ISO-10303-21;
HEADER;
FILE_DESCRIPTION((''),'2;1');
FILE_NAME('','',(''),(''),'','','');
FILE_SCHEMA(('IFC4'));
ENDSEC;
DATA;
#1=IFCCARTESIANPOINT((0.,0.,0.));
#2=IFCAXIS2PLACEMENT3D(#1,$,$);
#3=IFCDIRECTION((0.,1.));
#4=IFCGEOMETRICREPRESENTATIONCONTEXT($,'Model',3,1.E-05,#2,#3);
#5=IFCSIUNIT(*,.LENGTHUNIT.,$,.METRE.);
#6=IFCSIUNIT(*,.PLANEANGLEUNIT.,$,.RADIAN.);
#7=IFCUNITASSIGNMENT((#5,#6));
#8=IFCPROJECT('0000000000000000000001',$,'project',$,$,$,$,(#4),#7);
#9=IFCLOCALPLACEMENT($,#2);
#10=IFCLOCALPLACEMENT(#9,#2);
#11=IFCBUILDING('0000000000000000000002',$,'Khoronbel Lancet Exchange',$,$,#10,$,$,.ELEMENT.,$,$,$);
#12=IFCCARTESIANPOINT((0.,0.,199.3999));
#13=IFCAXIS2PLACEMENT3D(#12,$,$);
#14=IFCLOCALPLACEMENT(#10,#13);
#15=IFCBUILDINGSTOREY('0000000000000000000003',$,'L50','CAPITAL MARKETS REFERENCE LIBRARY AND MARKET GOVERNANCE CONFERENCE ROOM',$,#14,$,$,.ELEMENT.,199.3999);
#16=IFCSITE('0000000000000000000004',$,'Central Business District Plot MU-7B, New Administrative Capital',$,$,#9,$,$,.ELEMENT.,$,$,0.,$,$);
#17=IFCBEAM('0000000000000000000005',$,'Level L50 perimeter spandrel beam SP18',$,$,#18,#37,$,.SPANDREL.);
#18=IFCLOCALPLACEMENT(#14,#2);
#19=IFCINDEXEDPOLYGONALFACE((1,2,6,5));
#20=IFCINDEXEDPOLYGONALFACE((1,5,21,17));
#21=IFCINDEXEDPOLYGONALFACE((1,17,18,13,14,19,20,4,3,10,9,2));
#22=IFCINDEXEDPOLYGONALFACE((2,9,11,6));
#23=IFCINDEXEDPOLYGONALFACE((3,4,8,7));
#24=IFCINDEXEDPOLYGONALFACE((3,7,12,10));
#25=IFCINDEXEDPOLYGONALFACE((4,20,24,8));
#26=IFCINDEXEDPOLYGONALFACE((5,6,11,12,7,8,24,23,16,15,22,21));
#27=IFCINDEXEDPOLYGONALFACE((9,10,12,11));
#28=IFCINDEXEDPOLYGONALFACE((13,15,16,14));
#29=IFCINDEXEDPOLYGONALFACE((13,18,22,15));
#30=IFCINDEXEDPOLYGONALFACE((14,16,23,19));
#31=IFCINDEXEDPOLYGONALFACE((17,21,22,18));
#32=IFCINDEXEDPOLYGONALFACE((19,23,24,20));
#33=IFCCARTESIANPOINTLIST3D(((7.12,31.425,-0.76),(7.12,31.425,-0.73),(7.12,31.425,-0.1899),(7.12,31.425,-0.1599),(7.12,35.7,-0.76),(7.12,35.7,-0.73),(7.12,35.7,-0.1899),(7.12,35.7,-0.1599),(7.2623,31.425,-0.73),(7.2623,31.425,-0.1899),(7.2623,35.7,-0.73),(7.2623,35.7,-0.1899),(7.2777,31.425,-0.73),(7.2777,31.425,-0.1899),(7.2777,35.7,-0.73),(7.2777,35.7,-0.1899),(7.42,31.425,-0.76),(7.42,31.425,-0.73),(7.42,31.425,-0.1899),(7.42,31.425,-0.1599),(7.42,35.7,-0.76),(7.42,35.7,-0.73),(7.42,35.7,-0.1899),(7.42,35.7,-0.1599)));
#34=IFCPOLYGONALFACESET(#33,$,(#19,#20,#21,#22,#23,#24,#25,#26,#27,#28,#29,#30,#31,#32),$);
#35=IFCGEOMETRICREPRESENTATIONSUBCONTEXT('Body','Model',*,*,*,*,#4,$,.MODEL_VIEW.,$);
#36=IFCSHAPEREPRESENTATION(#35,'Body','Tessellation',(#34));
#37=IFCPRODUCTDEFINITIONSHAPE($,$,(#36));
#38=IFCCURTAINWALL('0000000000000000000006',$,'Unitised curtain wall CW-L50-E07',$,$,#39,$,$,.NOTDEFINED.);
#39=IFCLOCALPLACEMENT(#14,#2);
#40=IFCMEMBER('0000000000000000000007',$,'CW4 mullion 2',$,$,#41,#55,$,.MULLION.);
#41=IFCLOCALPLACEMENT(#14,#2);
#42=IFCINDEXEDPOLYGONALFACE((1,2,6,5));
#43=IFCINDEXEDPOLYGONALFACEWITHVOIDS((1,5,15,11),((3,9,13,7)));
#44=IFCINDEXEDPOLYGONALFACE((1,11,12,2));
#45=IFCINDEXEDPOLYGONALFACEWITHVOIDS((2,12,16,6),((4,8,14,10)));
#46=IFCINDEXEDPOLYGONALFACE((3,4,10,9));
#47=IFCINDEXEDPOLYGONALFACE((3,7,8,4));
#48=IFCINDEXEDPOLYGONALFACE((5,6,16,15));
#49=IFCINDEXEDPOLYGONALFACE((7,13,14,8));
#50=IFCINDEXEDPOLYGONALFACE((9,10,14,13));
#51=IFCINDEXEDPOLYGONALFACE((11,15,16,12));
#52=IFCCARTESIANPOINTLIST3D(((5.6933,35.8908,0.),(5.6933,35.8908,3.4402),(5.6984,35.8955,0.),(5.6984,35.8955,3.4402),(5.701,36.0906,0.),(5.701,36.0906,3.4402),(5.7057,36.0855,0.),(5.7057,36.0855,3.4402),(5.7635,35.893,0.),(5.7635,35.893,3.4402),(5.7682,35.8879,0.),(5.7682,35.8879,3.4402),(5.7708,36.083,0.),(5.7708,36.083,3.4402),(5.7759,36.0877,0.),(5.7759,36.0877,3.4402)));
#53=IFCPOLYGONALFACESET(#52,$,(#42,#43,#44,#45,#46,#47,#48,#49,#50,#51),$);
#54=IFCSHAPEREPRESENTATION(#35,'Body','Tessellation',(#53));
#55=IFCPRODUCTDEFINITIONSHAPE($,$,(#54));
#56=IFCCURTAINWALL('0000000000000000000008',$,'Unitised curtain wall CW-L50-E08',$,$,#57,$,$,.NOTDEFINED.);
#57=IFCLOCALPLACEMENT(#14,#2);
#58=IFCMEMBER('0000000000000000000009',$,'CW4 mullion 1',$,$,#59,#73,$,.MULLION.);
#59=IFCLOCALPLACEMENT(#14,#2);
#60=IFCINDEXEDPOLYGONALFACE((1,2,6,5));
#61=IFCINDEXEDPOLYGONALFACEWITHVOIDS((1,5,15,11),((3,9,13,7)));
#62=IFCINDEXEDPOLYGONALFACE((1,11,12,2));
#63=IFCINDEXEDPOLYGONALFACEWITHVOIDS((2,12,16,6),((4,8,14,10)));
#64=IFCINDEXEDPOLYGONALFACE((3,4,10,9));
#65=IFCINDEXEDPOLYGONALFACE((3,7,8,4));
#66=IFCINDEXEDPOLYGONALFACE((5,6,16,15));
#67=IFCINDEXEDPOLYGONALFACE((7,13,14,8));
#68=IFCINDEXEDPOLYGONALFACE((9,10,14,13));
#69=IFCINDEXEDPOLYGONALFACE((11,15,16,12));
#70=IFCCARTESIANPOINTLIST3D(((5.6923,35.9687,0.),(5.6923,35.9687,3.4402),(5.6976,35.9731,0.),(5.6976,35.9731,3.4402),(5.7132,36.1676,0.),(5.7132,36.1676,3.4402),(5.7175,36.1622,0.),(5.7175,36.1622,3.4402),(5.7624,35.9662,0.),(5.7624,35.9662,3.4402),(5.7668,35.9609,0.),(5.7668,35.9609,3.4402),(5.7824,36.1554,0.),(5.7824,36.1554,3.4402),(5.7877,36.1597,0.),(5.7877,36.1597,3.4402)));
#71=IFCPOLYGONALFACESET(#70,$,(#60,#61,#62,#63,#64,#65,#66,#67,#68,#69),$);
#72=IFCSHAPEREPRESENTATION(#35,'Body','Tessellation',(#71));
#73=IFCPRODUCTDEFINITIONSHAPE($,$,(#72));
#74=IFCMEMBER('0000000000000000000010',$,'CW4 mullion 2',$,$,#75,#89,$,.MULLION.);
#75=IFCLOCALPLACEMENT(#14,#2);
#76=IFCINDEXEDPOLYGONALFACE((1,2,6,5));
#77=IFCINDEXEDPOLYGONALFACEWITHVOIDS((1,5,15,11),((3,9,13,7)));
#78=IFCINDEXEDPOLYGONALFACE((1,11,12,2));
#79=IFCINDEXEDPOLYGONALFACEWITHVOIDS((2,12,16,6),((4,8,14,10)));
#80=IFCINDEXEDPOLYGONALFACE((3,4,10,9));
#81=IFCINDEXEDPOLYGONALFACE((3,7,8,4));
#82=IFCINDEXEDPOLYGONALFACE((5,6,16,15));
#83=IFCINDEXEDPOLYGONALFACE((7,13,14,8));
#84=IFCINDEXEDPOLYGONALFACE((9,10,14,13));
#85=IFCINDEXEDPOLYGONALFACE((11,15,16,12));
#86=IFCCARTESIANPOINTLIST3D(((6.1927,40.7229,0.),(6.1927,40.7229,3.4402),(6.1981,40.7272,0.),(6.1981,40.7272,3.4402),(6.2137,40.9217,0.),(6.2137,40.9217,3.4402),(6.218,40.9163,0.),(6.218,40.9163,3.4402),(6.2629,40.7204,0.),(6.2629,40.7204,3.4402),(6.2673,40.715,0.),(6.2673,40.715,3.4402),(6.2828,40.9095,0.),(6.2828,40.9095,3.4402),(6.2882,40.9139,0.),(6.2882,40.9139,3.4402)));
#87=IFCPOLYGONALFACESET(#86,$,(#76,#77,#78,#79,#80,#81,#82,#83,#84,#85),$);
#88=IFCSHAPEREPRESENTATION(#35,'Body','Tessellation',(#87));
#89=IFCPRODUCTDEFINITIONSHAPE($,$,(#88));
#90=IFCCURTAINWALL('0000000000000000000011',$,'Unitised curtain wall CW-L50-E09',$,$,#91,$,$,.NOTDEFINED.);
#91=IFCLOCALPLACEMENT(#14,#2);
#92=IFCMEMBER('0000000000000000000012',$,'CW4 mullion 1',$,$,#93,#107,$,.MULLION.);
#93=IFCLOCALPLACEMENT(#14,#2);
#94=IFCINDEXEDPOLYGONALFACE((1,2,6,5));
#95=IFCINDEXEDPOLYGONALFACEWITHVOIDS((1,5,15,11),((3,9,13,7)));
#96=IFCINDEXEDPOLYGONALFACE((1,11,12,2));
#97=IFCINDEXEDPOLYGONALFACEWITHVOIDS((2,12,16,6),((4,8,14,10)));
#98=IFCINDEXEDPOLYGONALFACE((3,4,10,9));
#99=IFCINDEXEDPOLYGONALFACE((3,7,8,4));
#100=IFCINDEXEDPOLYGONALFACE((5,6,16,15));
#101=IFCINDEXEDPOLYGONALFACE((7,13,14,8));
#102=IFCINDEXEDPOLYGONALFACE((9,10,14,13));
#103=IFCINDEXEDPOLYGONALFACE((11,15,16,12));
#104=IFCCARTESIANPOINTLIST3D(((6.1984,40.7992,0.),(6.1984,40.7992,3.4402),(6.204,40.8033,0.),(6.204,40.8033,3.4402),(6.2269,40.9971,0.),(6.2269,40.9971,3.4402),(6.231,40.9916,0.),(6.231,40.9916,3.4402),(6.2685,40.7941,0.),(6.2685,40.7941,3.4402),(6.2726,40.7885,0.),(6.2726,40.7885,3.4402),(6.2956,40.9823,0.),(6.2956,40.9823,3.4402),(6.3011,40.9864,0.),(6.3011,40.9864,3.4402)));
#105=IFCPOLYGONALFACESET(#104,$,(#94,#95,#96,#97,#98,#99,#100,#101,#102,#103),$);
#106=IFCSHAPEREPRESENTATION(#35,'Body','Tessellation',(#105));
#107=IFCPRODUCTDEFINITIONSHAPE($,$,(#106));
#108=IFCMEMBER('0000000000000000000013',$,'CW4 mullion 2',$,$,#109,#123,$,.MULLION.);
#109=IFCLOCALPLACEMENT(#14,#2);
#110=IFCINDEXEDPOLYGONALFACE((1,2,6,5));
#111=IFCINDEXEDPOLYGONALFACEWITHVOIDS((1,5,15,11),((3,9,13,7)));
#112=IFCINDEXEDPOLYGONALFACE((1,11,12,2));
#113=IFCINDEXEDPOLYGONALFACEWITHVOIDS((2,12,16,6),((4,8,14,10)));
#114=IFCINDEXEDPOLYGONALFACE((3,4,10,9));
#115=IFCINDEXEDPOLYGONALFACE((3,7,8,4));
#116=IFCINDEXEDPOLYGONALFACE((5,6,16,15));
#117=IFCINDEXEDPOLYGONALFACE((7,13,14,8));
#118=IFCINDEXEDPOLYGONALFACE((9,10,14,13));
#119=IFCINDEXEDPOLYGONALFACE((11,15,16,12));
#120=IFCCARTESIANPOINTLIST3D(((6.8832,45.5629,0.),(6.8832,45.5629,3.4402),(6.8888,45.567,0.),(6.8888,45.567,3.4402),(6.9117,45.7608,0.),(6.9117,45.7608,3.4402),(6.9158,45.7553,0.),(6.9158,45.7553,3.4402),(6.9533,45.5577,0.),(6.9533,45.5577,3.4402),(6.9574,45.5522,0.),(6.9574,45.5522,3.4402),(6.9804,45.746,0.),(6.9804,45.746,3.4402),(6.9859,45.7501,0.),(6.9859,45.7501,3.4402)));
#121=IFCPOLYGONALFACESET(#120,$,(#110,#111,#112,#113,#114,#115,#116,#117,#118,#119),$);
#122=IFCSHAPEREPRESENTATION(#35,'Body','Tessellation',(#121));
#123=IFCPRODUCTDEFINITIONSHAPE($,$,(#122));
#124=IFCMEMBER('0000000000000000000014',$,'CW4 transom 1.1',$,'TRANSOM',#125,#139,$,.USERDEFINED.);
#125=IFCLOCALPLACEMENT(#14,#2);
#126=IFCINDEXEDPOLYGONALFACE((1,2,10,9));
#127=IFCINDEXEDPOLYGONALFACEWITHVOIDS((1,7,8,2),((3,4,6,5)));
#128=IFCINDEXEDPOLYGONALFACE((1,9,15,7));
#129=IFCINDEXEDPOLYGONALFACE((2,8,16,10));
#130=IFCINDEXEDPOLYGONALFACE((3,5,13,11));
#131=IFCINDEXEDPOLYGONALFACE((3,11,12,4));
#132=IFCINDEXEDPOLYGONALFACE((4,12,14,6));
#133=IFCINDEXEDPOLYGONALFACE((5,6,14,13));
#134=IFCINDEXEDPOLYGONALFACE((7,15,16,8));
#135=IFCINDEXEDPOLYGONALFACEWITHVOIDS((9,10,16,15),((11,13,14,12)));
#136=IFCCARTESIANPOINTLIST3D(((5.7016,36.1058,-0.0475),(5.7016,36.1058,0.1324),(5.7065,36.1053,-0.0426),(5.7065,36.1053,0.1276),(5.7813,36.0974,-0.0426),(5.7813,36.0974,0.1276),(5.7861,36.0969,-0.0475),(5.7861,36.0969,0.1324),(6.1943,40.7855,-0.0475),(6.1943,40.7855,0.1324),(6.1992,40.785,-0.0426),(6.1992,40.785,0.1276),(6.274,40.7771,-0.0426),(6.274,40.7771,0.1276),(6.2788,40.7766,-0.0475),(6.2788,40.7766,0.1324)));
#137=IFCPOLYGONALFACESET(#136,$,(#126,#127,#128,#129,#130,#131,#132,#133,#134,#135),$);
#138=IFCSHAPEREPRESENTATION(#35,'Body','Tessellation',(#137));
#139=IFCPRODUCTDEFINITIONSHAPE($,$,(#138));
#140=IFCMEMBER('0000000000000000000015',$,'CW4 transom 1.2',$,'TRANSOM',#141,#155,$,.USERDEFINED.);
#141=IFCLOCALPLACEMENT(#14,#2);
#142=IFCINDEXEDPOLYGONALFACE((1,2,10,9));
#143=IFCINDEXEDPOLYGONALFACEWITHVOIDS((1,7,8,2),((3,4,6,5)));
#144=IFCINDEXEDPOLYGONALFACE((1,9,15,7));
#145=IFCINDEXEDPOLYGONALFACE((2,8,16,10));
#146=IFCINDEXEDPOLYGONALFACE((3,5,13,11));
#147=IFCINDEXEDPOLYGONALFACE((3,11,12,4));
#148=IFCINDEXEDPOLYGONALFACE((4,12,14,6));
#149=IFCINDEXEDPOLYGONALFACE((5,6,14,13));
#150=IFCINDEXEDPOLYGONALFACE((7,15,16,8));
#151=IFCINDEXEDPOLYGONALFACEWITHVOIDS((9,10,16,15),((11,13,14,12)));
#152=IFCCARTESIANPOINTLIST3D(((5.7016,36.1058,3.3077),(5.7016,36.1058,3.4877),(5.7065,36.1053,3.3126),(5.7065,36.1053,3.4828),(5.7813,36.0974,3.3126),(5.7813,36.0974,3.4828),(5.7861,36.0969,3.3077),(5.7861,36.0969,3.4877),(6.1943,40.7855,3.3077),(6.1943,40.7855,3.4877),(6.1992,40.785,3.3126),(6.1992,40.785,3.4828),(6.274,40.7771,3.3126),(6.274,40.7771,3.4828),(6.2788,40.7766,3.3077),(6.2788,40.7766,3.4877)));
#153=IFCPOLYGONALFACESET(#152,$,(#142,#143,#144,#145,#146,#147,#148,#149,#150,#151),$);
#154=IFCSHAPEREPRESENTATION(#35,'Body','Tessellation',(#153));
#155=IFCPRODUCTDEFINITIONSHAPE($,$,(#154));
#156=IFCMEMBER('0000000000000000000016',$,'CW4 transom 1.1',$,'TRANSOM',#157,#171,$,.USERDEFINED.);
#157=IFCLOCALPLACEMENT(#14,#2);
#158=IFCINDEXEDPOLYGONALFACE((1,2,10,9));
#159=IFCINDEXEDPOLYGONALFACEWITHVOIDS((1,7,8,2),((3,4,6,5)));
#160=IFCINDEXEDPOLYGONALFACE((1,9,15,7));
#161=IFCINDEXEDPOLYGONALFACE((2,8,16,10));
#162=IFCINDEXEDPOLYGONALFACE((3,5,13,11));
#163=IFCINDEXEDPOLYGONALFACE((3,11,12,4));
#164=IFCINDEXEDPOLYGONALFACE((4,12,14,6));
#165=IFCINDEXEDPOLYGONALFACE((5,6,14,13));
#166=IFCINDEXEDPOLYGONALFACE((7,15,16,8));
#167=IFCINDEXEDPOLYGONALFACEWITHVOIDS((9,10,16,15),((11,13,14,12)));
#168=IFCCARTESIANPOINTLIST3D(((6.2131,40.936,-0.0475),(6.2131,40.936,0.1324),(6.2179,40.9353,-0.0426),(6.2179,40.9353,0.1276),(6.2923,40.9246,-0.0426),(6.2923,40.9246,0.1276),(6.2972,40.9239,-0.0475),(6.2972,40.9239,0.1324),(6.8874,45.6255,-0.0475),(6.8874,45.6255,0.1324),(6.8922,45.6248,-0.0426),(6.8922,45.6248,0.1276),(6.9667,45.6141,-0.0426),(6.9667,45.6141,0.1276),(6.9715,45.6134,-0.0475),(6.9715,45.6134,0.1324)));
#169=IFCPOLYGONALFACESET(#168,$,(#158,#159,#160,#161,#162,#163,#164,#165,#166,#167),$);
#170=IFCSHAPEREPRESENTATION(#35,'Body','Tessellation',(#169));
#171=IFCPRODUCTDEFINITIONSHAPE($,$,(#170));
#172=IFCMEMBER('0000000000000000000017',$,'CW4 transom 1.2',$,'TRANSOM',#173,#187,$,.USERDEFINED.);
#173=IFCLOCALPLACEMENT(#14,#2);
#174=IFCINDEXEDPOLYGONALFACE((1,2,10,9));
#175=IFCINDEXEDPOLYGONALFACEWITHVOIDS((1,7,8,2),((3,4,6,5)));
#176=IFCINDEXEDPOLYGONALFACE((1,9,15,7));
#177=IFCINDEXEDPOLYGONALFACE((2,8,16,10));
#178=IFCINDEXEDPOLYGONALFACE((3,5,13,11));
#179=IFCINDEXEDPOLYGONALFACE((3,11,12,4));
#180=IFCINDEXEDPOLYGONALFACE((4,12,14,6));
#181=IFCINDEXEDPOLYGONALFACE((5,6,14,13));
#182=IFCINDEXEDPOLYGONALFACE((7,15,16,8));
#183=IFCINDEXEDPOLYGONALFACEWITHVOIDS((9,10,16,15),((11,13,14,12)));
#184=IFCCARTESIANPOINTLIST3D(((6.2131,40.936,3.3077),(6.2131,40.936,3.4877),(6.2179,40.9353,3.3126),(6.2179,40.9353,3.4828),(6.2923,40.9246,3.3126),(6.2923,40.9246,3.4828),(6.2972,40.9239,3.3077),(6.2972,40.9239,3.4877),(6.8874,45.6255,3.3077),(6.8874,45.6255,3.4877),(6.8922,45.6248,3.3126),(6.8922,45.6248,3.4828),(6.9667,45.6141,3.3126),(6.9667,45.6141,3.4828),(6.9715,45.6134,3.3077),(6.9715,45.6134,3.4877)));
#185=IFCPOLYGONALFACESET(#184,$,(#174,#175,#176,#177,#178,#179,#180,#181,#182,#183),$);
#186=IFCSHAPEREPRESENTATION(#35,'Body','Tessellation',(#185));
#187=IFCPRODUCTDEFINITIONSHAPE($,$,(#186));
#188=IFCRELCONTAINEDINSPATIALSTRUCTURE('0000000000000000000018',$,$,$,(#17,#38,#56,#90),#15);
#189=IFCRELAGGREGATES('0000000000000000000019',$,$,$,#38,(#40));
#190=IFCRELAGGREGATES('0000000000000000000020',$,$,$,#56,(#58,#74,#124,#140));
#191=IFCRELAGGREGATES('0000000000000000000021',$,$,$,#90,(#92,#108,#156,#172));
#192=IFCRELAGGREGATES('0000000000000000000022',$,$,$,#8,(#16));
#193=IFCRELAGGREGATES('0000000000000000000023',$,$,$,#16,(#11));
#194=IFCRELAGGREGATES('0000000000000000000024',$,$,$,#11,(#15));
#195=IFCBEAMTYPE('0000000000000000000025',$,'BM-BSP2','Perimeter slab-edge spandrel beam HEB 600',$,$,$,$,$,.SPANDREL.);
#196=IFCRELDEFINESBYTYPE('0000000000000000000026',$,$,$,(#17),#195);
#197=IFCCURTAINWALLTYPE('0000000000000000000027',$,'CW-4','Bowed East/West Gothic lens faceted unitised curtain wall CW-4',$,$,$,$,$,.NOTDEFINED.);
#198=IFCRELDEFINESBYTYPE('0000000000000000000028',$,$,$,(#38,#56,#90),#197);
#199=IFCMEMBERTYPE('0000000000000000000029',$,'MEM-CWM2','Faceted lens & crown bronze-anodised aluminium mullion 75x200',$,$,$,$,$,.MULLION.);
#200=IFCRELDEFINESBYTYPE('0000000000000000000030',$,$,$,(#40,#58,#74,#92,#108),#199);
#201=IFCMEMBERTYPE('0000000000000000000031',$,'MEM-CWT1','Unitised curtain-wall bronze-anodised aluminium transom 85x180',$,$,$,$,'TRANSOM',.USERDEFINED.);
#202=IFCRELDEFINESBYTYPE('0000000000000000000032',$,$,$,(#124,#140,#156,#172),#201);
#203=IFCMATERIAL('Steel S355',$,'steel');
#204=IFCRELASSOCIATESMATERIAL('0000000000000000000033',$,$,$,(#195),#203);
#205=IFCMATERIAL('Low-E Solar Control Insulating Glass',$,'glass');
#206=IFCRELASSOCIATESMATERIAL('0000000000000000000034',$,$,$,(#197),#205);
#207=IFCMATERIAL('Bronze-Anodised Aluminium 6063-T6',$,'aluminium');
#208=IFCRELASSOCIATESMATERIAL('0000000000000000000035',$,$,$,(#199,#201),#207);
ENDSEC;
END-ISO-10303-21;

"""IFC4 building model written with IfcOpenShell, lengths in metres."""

from ifc_helpers import new_model, si_unit, direction, frame, origin, origin_2d, place, context, subcontext, project, spatial, hollow_rectangle, i_section, extrude, material, material_profile, profile_set, type_object, element, aggregate, save


model = new_model("IFC4")

# Units and contexts
model_context = context("Model", 3, precision=1e-05, world=origin(), true_north=direction((0.0, 1.0)))
body_context = subcontext(model_context, "Body", "Model", "MODEL_VIEW")
ifc_project = project(units=[si_unit("LENGTHUNIT", "METRE"), si_unit("PLANEANGLEUNIT", "RADIAN")], contexts=[model_context])

# Site, building, storey
site_placement = place(None, origin())
site = spatial("IfcSite", under=ifc_project, at=site_placement, Name="Central Business District Plot MU-7B, New Administrative Capital", CompositionType="ELEMENT", RefElevation=0.0)
building_placement = place(site_placement, origin())
building = spatial("IfcBuilding", under=site, at=building_placement, Name="Khoronbel Lancet Exchange", CompositionType="ELEMENT")
storey_placement = place(building_placement, frame((0.0, 0.0, 199.3999)))
storey = spatial("IfcBuildingStorey", under=building, at=storey_placement, Name="L50", Description="CAPITAL MARKETS REFERENCE LIBRARY AND MARKET GOVERNANCE CONFERENCE ROOM", CompositionType="ELEMENT", Elevation=199.3999)

# Shared definitions
ifc_material_1 = material(Name="Steel S355", Category="steel")

# Beam
ifc_material_profile_1 = material_profile(ifc_material_1, i_section(OverallWidth=0.3, OverallDepth=0.6001, WebThickness=0.0154, FlangeThickness=0.03, at=origin_2d()), Name="HEB 600")
ifc_profile_set_1 = profile_set([ifc_material_profile_1], Name="Steel S355")
beam_type_1 = type_object("IfcBeamType", Name="BM-BSP2", Description="Perimeter slab-edge spandrel beam HEB 600", PredefinedType="SPANDREL", material=ifc_profile_set_1)
beam_1_placement = place(storey_placement, frame((7.27, 35.7, -0.46), z_axis=(0.0, -1.0, 0.0), x_axis=(1.0, 0.0, 0.0)))
element("IfcBeam", 1, at=beam_1_placement, inside=storey, type_object=beam_type_1, Name="Level L50 perimeter spandrel beam SP18", PredefinedType="SPANDREL", context=body_context, shape_type="SweptSolid", body=[
    extrude(i_section(OverallWidth=0.3, OverallDepth=0.6001, WebThickness=0.0154, FlangeThickness=0.03, at=origin_2d()), origin(), (0.0, 0.0, 1.0), 4.2749),
])

# Curtain wall, member
ifc_material_2 = material(Name="Low-E Solar Control Insulating Glass", Category="glass")
curtain_wall_type = type_object("IfcCurtainWallType", Name="CW-4", Description="Bowed East/West Gothic lens faceted unitised curtain wall CW-4", PredefinedType="NOTDEFINED", material=ifc_material_2)
curtain_wall_1_placement = place(storey_placement, origin())
curtain_wall_1 = element("IfcCurtainWall", 2, at=curtain_wall_1_placement, inside=storey, type_object=curtain_wall_type, Name="Unitised curtain wall CW-L50-E07", PredefinedType="NOTDEFINED")
ifc_material_3 = material(Name="Bronze-Anodised Aluminium 6063-T6", Category="aluminium")
ifc_material_profile_2 = material_profile(ifc_material_3, hollow_rectangle(XDim=0.075, YDim=0.2, WallThickness=0.0049, at=origin_2d()), Name="ALU MULLION 75x200")
ifc_profile_set_2 = profile_set([ifc_material_profile_2], Name="Bronze-Anodised Aluminium 6063-T6")
member_type_1 = type_object("IfcMemberType", Name="MEM-CWM2", Description="Faceted lens & crown bronze-anodised aluminium mullion 75x200", PredefinedType="MULLION", material=ifc_profile_set_2)
member_1_placement = place(storey_placement, frame((5.7346, 35.9893, 0.0), z_axis=(0.0, 0.0, 1.0), x_axis=(-0.999259, 0.038486, 0.0)))
member_1 = element("IfcMember", 3, at=member_1_placement, type_object=member_type_1, Name="CW4 mullion 2", PredefinedType="MULLION", context=body_context, shape_type="SweptSolid", body=[
    extrude(hollow_rectangle(XDim=0.075, YDim=0.2, WallThickness=0.0049, at=origin_2d()), origin(), (0.0, 0.0, 1.0), 3.4402),
])
aggregate(curtain_wall_1, [member_1])

# Curtain walls, members
curtain_wall_2_placement = place(storey_placement, origin())
curtain_wall_2 = element("IfcCurtainWall", 4, at=curtain_wall_2_placement, inside=storey, type_object=curtain_wall_type, Name="Unitised curtain wall CW-L50-E08", PredefinedType="NOTDEFINED")
member_2_placement = place(storey_placement, frame((5.74, 36.0642, 0.0), z_axis=(0.0, 0.0, 1.0), x_axis=(-0.994505, 0.104686, 0.0)))
member_2 = element("IfcMember", 5, at=member_2_placement, type_object=member_type_1, Name="CW4 mullion 1", PredefinedType="MULLION", context=body_context, shape_type="SweptSolid", body=[
    extrude(hollow_rectangle(XDim=0.075, YDim=0.2, WallThickness=0.0049, at=origin_2d()), origin(), (0.0, 0.0, 1.0), 3.4402),
])
member_3_placement = place(storey_placement, frame((6.2405, 40.8184, 0.0), z_axis=(0.0, 0.0, 1.0), x_axis=(-0.994505, 0.104686, 0.0)))
member_3 = element("IfcMember", 6, at=member_3_placement, type_object=member_type_1, Name="CW4 mullion 2", PredefinedType="MULLION", context=body_context, shape_type="SweptSolid", body=[
    extrude(hollow_rectangle(XDim=0.075, YDim=0.2, WallThickness=0.0049, at=origin_2d()), origin(), (0.0, 0.0, 1.0), 3.4402),
])
curtain_wall_3_placement = place(storey_placement, origin())
curtain_wall_3 = element("IfcCurtainWall", 7, at=curtain_wall_3_placement, inside=storey, type_object=curtain_wall_type, Name="Unitised curtain wall CW-L50-E09", PredefinedType="NOTDEFINED")
member_4_placement = place(storey_placement, frame((6.2498, 40.8928, 0.0), z_axis=(0.0, 0.0, 1.0), x_axis=(-0.989821, 0.142315, 0.0)))
member_4 = element("IfcMember", 8, at=member_4_placement, type_object=member_type_1, Name="CW4 mullion 1", PredefinedType="MULLION", context=body_context, shape_type="SweptSolid", body=[
    extrude(hollow_rectangle(XDim=0.075, YDim=0.2, WallThickness=0.0049, at=origin_2d()), origin(), (0.0, 0.0, 1.0), 3.4402),
])
member_5_placement = place(storey_placement, frame((6.9346, 45.6565, 0.0), z_axis=(0.0, 0.0, 1.0), x_axis=(-0.989821, 0.142315, 0.0)))
member_5 = element("IfcMember", 9, at=member_5_placement, type_object=member_type_1, Name="CW4 mullion 2", PredefinedType="MULLION", context=body_context, shape_type="SweptSolid", body=[
    extrude(hollow_rectangle(XDim=0.075, YDim=0.2, WallThickness=0.0049, at=origin_2d()), origin(), (0.0, 0.0, 1.0), 3.4402),
])

# Members
ifc_material_profile_3 = material_profile(ifc_material_3, hollow_rectangle(XDim=0.085, YDim=0.1799, WallThickness=0.0049, at=origin_2d()), Name="ALU TRANSOM 85x180")
ifc_profile_set_3 = profile_set([ifc_material_profile_3], Name="Bronze-Anodised Aluminium 6063-T6")
member_type_2 = type_object("IfcMemberType", Name="MEM-CWT1", Description="Unitised curtain-wall bronze-anodised aluminium transom 85x180", ElementType="TRANSOM", PredefinedType="USERDEFINED", material=ifc_profile_set_3)
member_6_placement = place(storey_placement, frame((5.7439, 36.1013, 0.0425), z_axis=(0.104701, 0.994504, 0.0), x_axis=(-0.994504, 0.104701, 0.0)))
member_6 = element("IfcMember", 10, at=member_6_placement, type_object=member_type_2, Name="CW4 transom 1.1", ObjectType="TRANSOM", PredefinedType="USERDEFINED", context=body_context, shape_type="SweptSolid", body=[
    extrude(hollow_rectangle(XDim=0.085, YDim=0.1799, WallThickness=0.0049, at=origin_2d()), origin(), (0.0, 0.0, 1.0), 4.7056),
])
member_7_placement = place(storey_placement, frame((5.7439, 36.1013, 3.3977), z_axis=(0.104701, 0.994504, 0.0), x_axis=(-0.994504, 0.104701, 0.0)))
member_7 = element("IfcMember", 11, at=member_7_placement, type_object=member_type_2, Name="CW4 transom 1.2", ObjectType="TRANSOM", PredefinedType="USERDEFINED", context=body_context, shape_type="SweptSolid", body=[
    extrude(hollow_rectangle(XDim=0.085, YDim=0.1799, WallThickness=0.0049, at=origin_2d()), origin(), (0.0, 0.0, 1.0), 4.7056),
])
member_8_placement = place(storey_placement, frame((6.2551, 40.9299, 0.0425), z_axis=(0.14233, 0.989819, 0.0), x_axis=(-0.989819, 0.14233, 0.0)))
member_8 = element("IfcMember", 12, at=member_8_placement, type_object=member_type_2, Name="CW4 transom 1.1", ObjectType="TRANSOM", PredefinedType="USERDEFINED", context=body_context, shape_type="SweptSolid", body=[
    extrude(hollow_rectangle(XDim=0.085, YDim=0.1799, WallThickness=0.0049, at=origin_2d()), origin(), (0.0, 0.0, 1.0), 4.7378),
])
member_9_placement = place(storey_placement, frame((6.2551, 40.9299, 3.3977), z_axis=(0.14233, 0.989819, 0.0), x_axis=(-0.989819, 0.14233, 0.0)))
member_9 = element("IfcMember", 13, at=member_9_placement, type_object=member_type_2, Name="CW4 transom 1.2", ObjectType="TRANSOM", PredefinedType="USERDEFINED", context=body_context, shape_type="SweptSolid", body=[
    extrude(hollow_rectangle(XDim=0.085, YDim=0.1799, WallThickness=0.0049, at=origin_2d()), origin(), (0.0, 0.0, 1.0), 4.7378),
])

aggregate(curtain_wall_2, [member_2, member_3, member_6, member_7])
aggregate(curtain_wall_3, [member_4, member_5, member_8, member_9])

save(model, "model.ifc")
